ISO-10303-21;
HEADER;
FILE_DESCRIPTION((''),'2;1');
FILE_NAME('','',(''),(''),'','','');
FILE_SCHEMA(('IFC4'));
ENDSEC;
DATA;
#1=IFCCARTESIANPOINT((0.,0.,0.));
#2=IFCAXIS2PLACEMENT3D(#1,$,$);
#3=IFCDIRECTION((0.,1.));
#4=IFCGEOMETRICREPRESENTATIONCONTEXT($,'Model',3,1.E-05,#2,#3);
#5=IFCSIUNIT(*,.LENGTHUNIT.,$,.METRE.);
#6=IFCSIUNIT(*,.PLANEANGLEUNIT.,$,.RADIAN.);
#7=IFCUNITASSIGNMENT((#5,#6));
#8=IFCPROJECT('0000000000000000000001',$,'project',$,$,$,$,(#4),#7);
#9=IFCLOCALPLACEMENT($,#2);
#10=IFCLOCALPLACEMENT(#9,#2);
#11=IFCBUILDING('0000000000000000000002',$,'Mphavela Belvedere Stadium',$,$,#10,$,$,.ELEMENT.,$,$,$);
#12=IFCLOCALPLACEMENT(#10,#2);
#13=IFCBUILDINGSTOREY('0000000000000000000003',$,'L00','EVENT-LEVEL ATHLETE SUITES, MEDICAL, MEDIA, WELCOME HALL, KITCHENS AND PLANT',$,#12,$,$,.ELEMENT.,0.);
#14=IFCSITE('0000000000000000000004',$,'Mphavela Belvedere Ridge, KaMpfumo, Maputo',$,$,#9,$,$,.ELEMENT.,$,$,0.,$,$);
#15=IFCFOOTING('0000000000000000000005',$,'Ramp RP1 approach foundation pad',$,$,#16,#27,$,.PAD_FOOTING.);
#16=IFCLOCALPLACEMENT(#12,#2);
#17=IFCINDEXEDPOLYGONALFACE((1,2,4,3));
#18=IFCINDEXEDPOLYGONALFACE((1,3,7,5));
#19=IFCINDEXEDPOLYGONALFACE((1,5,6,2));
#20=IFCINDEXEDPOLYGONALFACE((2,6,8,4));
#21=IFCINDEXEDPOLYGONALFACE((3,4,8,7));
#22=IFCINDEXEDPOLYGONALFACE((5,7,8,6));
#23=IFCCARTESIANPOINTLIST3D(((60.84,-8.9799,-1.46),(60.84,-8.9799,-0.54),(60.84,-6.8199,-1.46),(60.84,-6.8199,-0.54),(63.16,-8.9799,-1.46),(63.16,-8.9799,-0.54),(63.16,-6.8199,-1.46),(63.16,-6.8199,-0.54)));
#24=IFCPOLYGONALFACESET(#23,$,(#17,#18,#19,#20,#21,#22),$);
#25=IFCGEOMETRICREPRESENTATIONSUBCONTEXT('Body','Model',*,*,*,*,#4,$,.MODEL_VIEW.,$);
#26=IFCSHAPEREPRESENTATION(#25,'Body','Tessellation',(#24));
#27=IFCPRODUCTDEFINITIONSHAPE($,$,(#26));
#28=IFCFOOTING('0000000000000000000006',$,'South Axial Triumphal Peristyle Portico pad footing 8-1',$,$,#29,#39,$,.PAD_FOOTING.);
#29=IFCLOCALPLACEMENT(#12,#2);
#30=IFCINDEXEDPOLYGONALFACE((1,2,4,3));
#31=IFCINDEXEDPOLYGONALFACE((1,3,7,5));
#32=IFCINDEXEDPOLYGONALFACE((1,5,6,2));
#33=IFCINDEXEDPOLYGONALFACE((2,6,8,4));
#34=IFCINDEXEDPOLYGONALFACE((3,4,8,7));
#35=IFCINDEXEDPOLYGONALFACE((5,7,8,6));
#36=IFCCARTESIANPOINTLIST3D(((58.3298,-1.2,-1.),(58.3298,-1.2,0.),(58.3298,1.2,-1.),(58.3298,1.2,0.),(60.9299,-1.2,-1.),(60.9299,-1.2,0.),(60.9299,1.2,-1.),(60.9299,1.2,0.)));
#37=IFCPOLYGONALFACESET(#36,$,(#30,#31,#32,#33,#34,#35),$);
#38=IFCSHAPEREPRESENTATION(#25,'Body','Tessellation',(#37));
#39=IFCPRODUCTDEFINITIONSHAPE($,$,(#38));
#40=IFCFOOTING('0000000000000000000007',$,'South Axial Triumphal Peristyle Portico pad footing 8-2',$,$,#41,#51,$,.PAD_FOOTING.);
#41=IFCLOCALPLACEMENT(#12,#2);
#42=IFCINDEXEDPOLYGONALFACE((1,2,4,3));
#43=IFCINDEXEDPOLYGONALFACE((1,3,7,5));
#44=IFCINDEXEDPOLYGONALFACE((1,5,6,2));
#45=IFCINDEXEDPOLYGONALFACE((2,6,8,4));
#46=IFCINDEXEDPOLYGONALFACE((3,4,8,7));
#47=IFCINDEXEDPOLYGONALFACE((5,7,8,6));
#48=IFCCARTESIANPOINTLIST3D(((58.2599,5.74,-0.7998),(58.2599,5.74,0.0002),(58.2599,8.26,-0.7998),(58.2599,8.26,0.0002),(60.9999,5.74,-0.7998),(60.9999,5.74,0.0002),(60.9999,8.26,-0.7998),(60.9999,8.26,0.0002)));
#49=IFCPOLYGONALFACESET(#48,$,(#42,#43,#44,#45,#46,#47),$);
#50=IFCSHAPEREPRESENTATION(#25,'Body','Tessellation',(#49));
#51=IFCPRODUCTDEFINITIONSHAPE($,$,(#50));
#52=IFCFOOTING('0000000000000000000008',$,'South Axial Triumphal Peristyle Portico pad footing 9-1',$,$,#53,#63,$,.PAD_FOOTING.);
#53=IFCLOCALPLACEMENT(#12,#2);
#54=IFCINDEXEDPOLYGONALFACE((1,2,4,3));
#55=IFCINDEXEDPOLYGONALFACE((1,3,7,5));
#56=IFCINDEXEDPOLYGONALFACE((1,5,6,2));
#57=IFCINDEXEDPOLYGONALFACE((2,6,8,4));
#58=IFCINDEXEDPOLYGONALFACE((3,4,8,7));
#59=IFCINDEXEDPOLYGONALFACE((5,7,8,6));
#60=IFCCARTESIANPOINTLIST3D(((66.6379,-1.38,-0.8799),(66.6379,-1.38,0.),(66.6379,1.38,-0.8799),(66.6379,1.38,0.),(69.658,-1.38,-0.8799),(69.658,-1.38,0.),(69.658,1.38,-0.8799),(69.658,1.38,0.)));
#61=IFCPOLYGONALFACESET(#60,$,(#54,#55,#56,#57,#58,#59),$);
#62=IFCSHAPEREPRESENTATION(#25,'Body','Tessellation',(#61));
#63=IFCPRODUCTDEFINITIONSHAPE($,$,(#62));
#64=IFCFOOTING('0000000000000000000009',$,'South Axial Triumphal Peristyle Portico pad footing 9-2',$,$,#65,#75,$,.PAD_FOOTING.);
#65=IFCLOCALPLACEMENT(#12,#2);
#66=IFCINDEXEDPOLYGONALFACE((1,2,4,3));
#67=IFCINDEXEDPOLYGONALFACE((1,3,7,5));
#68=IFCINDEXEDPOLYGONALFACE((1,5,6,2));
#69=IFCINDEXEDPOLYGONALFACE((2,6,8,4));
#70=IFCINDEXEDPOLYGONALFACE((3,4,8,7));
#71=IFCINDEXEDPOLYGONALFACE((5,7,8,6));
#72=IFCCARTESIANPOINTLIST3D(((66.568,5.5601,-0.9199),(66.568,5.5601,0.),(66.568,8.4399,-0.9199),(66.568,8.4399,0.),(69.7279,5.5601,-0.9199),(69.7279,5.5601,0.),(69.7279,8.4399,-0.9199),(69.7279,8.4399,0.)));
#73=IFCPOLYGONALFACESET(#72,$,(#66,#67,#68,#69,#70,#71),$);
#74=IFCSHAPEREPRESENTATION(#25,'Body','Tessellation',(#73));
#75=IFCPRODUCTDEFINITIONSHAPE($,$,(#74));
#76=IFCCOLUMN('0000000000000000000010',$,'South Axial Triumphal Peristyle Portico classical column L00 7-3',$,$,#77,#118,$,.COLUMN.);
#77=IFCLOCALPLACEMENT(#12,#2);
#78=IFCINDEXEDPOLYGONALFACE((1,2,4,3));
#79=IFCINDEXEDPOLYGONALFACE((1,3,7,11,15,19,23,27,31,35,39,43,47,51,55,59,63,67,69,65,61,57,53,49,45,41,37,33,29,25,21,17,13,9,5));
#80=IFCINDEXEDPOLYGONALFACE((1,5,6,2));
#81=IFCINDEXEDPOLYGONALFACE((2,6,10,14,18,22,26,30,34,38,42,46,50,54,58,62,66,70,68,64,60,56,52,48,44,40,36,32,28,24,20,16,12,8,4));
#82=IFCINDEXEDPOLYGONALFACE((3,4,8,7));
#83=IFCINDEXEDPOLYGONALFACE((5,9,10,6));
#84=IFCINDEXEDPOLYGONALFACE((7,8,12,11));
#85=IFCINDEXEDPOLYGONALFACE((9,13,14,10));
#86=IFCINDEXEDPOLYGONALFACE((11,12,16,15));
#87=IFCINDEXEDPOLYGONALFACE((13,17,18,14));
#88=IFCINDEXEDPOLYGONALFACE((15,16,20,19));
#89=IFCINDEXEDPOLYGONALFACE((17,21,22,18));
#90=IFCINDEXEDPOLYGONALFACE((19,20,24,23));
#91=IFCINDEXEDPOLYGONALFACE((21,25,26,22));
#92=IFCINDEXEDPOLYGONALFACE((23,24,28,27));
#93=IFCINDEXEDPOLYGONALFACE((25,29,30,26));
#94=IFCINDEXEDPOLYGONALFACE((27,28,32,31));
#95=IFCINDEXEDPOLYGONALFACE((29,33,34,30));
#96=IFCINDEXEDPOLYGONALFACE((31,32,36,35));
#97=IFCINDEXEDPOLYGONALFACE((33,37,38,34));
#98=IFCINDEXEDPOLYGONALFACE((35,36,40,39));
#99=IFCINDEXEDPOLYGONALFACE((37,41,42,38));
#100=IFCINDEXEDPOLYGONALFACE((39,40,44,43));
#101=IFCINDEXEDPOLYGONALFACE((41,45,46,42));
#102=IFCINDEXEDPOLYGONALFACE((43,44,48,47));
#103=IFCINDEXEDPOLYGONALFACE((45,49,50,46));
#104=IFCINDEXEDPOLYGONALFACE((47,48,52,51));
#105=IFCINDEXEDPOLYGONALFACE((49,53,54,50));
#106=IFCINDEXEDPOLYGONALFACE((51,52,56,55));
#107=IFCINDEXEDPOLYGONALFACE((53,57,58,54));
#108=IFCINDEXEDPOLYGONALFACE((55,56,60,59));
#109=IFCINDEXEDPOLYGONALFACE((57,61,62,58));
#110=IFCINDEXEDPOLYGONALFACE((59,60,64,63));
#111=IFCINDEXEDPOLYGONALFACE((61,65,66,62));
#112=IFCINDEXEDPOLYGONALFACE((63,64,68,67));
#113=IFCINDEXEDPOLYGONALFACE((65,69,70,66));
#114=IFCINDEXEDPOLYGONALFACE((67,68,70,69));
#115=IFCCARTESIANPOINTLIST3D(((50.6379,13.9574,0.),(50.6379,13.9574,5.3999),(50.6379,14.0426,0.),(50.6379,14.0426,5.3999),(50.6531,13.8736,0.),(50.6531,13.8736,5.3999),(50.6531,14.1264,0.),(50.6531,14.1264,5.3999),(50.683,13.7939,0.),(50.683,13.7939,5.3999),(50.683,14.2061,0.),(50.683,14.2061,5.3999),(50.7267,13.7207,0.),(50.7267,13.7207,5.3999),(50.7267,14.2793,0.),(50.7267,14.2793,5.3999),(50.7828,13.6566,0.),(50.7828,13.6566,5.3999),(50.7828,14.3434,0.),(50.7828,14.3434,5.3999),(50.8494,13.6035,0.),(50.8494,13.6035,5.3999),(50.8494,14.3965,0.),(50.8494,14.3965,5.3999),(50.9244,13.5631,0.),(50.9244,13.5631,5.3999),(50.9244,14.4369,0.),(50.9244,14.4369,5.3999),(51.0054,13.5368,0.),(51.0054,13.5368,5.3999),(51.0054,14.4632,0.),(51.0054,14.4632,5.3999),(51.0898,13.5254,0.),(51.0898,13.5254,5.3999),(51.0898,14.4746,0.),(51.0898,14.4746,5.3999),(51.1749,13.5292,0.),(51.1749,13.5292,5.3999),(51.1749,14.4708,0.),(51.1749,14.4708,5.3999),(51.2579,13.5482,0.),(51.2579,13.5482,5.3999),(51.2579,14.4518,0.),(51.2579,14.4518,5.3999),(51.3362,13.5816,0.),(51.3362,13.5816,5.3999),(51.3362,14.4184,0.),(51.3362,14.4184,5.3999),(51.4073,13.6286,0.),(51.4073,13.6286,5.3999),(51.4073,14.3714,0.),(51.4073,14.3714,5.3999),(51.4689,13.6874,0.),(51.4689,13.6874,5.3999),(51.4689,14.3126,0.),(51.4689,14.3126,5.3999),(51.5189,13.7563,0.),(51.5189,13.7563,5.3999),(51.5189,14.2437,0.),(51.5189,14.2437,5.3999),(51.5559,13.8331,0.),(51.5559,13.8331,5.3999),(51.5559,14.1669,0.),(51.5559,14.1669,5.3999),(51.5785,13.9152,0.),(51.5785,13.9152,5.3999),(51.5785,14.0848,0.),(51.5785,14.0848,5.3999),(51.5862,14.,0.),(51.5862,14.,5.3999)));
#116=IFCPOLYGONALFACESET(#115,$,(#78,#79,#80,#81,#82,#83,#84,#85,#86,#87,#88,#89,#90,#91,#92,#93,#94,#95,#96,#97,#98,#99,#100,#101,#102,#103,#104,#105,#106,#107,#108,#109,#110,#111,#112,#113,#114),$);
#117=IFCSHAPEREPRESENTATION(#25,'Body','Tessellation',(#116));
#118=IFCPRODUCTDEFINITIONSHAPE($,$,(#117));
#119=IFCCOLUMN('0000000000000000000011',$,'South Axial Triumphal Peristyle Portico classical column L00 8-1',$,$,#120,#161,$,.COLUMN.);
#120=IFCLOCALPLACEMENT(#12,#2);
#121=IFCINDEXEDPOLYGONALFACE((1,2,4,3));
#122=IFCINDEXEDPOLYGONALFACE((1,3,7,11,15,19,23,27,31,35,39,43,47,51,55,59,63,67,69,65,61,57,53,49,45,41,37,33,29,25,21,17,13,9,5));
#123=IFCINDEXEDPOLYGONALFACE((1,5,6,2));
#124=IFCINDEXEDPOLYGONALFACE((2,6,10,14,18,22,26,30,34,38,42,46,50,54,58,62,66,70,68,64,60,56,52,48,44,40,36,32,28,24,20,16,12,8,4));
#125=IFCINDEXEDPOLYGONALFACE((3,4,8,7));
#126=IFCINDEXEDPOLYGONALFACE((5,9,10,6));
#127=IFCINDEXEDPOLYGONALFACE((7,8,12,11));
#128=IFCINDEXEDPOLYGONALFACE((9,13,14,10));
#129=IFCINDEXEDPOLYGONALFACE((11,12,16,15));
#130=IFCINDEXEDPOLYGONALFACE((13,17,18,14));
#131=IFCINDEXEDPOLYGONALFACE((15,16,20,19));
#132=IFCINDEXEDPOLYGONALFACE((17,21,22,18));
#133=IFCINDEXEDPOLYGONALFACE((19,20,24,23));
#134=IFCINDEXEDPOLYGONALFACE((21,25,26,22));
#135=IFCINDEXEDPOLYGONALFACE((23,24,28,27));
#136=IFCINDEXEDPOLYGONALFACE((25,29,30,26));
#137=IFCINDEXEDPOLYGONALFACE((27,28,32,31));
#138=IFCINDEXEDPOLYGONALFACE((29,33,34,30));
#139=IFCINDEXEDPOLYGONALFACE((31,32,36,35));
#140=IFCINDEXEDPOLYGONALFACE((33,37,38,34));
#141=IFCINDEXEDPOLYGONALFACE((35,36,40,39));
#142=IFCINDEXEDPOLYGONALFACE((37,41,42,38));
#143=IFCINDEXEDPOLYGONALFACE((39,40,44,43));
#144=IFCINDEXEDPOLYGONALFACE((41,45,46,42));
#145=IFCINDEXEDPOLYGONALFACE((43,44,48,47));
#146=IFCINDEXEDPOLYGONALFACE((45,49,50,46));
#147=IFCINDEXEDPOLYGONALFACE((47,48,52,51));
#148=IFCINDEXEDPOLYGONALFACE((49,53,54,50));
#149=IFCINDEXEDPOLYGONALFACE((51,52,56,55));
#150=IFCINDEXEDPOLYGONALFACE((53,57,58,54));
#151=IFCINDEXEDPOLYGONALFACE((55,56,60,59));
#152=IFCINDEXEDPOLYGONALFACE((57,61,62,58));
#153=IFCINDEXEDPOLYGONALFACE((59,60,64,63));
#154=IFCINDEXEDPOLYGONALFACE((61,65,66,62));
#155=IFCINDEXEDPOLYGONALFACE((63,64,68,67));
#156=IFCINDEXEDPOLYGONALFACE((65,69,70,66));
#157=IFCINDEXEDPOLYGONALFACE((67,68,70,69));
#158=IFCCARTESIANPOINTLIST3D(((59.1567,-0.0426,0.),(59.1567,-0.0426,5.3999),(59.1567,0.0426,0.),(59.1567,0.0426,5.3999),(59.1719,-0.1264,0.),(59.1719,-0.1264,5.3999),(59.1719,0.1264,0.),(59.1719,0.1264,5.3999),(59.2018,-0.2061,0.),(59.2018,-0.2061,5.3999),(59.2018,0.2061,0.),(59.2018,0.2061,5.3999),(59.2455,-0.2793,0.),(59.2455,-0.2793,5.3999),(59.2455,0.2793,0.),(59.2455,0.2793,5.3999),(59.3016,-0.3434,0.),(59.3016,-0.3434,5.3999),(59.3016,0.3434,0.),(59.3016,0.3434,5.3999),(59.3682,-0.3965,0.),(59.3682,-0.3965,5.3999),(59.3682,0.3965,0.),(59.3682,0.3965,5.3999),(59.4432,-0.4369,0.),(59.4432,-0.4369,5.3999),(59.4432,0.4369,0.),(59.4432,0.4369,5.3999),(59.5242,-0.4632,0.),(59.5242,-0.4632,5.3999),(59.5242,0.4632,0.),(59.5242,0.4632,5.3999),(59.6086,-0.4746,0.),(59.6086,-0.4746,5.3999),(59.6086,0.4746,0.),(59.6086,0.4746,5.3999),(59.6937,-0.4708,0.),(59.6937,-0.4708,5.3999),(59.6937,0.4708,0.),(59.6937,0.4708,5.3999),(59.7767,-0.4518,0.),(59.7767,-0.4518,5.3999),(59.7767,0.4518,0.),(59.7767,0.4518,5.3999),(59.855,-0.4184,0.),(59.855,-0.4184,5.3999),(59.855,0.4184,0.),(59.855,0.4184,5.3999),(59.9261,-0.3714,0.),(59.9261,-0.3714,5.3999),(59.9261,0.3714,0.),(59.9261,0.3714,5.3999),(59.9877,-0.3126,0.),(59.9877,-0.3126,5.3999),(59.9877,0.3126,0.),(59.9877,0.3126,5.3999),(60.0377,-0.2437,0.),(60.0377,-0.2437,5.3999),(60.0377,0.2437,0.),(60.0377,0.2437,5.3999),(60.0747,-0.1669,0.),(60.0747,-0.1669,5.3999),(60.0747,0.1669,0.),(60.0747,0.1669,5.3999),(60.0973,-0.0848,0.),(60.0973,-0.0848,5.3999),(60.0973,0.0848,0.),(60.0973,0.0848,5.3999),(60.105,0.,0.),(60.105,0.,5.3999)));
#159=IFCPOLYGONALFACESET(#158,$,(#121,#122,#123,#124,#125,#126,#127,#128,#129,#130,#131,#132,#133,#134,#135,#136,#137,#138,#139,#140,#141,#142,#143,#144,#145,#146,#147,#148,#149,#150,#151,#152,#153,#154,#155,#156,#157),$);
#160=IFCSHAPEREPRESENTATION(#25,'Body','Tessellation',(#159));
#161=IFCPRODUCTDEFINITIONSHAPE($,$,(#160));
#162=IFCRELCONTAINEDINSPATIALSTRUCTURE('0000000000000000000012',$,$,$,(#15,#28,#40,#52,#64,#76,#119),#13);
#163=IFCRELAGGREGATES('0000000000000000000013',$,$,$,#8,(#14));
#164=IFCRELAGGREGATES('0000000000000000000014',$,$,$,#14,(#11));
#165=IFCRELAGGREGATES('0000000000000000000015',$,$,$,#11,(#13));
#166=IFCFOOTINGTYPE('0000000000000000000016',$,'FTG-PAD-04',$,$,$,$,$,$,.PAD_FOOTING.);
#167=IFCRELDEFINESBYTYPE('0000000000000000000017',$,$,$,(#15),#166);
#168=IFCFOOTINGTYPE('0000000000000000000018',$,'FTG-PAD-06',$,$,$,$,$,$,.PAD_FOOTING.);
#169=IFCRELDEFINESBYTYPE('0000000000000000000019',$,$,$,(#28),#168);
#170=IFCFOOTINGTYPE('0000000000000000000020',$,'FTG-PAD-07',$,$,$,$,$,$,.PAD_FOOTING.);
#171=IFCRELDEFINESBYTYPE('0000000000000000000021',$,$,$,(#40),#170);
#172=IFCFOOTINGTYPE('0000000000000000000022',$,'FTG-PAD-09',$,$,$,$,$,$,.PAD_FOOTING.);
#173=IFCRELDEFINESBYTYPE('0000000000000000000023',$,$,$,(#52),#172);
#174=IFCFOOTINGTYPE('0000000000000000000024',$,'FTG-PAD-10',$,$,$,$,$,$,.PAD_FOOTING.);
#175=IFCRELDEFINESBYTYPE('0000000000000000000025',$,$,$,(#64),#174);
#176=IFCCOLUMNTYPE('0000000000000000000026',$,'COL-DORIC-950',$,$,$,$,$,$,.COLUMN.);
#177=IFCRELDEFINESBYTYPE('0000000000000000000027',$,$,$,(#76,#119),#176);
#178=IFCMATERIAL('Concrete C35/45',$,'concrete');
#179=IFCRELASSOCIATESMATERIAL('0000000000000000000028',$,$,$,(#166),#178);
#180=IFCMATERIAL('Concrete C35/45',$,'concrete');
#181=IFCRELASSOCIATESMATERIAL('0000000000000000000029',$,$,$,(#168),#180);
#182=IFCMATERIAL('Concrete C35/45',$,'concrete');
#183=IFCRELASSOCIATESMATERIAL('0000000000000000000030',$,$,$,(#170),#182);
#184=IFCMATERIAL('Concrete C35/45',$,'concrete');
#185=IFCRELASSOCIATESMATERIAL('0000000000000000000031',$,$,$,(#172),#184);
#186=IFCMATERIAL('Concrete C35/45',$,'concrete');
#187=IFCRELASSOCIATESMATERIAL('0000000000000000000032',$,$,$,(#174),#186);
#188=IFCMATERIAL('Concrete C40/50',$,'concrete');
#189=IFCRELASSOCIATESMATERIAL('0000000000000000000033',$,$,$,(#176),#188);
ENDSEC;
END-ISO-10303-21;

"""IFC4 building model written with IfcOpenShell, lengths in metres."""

from ifc_helpers import new_model, si_unit, direction, frame, origin, origin_2d, place, context, subcontext, project, spatial, rectangle, circle, extrude, material, material_profile, profile_set, type_object, element, save


model = new_model("IFC4")

# Units and contexts
model_context = context("Model", 3, precision=1e-05, world=origin(), true_north=direction((0.0, 1.0)))
body_context = subcontext(model_context, "Body", "Model", "MODEL_VIEW")
ifc_project = project(units=[si_unit("LENGTHUNIT", "METRE"), si_unit("PLANEANGLEUNIT", "RADIAN")], contexts=[model_context])

# Site, building, storey
site_placement = place(None, origin())
site = spatial("IfcSite", under=ifc_project, at=site_placement, Name="Mphavela Belvedere Ridge, KaMpfumo, Maputo", CompositionType="ELEMENT", RefElevation=0.0)
building_placement = place(site_placement, origin())
building = spatial("IfcBuilding", under=site, at=building_placement, Name="Mphavela Belvedere Stadium", CompositionType="ELEMENT")
storey_placement = place(building_placement, origin())
storey = spatial("IfcBuildingStorey", under=building, at=storey_placement, Name="L00", Description="EVENT-LEVEL ATHLETE SUITES, MEDICAL, MEDIA, WELCOME HALL, KITCHENS AND PLANT", CompositionType="ELEMENT", Elevation=0.0)

# Footings
ifc_material_1 = material(Name="Concrete C35/45", Category="concrete")
footing_type_1 = type_object("IfcFootingType", Name="FTG-PAD-04", PredefinedType="PAD_FOOTING", material=ifc_material_1)
footing_1_placement = place(storey_placement, frame((62.0, -7.8999, -1.46), z_axis=(0.0, 0.0, 1.0), x_axis=(1.0, 0.0, 0.0)))
element("IfcFooting", 1, at=footing_1_placement, inside=storey, type_object=footing_type_1, Name="Ramp RP1 approach foundation pad", PredefinedType="PAD_FOOTING", context=body_context, shape_type="SweptSolid", body=[
    extrude(rectangle(XDim=2.3201, YDim=2.1599, at=origin_2d()), origin(), (0.0, 0.0, 1.0), 0.9199),
])
ifc_material_2 = material(Name="Concrete C35/45", Category="concrete")
footing_type_2 = type_object("IfcFootingType", Name="FTG-PAD-06", PredefinedType="PAD_FOOTING", material=ifc_material_2)
footing_2_placement = place(storey_placement, frame((59.6299, 0.0, -1.0), z_axis=(0.0, 0.0, 1.0), x_axis=(1.0, 0.0, 0.0)))
element("IfcFooting", 2, at=footing_2_placement, inside=storey, type_object=footing_type_2, Name="South Axial Triumphal Peristyle Portico pad footing 8-1", PredefinedType="PAD_FOOTING", context=body_context, shape_type="SweptSolid", body=[
    extrude(rectangle(XDim=2.6001, YDim=2.3999, at=origin_2d()), origin(), (0.0, 0.0, 1.0), 1.0),
])
ifc_material_3 = material(Name="Concrete C35/45", Category="concrete")
footing_type_3 = type_object("IfcFootingType", Name="FTG-PAD-07", PredefinedType="PAD_FOOTING", material=ifc_material_3)
footing_3_placement = place(storey_placement, frame((59.6299, 7.0, -0.7998), z_axis=(0.0, 0.0, 1.0), x_axis=(1.0, 0.0, 0.0)))
element("IfcFooting", 3, at=footing_3_placement, inside=storey, type_object=footing_type_3, Name="South Axial Triumphal Peristyle Portico pad footing 8-2", PredefinedType="PAD_FOOTING", context=body_context, shape_type="SweptSolid", body=[
    extrude(rectangle(XDim=2.74, YDim=2.52, at=origin_2d()), origin(), (0.0, 0.0, 1.0), 0.8),
])
ifc_material_4 = material(Name="Concrete C35/45", Category="concrete")
footing_type_4 = type_object("IfcFootingType", Name="FTG-PAD-09", PredefinedType="PAD_FOOTING", material=ifc_material_4)
footing_4_placement = place(storey_placement, frame((68.1479, 0.0, -0.8799), z_axis=(0.0, 0.0, 1.0), x_axis=(1.0, 0.0, 0.0)))
element("IfcFooting", 4, at=footing_4_placement, inside=storey, type_object=footing_type_4, Name="South Axial Triumphal Peristyle Portico pad footing 9-1", PredefinedType="PAD_FOOTING", context=body_context, shape_type="SweptSolid", body=[
    extrude(rectangle(XDim=3.02, YDim=2.76, at=origin_2d()), origin(), (0.0, 0.0, 1.0), 0.8799),
])
ifc_material_5 = material(Name="Concrete C35/45", Category="concrete")
footing_type_5 = type_object("IfcFootingType", Name="FTG-PAD-10", PredefinedType="PAD_FOOTING", material=ifc_material_5)
footing_5_placement = place(storey_placement, frame((68.1479, 7.0, -0.9199), z_axis=(0.0, 0.0, 1.0), x_axis=(1.0, 0.0, 0.0)))
element("IfcFooting", 5, at=footing_5_placement, inside=storey, type_object=footing_type_5, Name="South Axial Triumphal Peristyle Portico pad footing 9-2", PredefinedType="PAD_FOOTING", context=body_context, shape_type="SweptSolid", body=[
    extrude(rectangle(XDim=3.1599, YDim=2.8799, at=origin_2d()), origin(), (0.0, 0.0, 1.0), 0.9199),
])

# Columns
ifc_material_6 = material(Name="Concrete C40/50", Category="concrete")
ifc_material_profile_1 = material_profile(ifc_material_6, circle(Radius=0.4751, at=origin_2d()), Name="COL D950")
ifc_profile_set_1 = profile_set([ifc_material_profile_1], Name="Concrete C40/50")
column_type = type_object("IfcColumnType", Name="COL-DORIC-950", PredefinedType="COLUMN", material=ifc_profile_set_1)
for number, where, z_axis, x_axis, name in (
    (6, (51.1111, 14.0, 0.0), (0.0, 0.0, 1.0), (1.0, 0.0, 0.0), "South Axial Triumphal Peristyle Portico classical column L00 7-3"),
    (7, (59.6299, 0.0, 0.0), (0.0, 0.0, 1.0), (1.0, 0.0, 0.0), "South Axial Triumphal Peristyle Portico classical column L00 8-1"),
):
    element("IfcColumn", number, at=place(storey_placement, frame(where, z_axis=z_axis, x_axis=x_axis)), inside=storey, type_object=column_type, Name=name, PredefinedType="COLUMN", context=body_context, shape_type="SweptSolid", body=[
        extrude(circle(Radius=0.4751, at=origin_2d()), origin(), (0.0, 0.0, 1.0), 5.3999),
    ])

save(model, "model.ifc")
